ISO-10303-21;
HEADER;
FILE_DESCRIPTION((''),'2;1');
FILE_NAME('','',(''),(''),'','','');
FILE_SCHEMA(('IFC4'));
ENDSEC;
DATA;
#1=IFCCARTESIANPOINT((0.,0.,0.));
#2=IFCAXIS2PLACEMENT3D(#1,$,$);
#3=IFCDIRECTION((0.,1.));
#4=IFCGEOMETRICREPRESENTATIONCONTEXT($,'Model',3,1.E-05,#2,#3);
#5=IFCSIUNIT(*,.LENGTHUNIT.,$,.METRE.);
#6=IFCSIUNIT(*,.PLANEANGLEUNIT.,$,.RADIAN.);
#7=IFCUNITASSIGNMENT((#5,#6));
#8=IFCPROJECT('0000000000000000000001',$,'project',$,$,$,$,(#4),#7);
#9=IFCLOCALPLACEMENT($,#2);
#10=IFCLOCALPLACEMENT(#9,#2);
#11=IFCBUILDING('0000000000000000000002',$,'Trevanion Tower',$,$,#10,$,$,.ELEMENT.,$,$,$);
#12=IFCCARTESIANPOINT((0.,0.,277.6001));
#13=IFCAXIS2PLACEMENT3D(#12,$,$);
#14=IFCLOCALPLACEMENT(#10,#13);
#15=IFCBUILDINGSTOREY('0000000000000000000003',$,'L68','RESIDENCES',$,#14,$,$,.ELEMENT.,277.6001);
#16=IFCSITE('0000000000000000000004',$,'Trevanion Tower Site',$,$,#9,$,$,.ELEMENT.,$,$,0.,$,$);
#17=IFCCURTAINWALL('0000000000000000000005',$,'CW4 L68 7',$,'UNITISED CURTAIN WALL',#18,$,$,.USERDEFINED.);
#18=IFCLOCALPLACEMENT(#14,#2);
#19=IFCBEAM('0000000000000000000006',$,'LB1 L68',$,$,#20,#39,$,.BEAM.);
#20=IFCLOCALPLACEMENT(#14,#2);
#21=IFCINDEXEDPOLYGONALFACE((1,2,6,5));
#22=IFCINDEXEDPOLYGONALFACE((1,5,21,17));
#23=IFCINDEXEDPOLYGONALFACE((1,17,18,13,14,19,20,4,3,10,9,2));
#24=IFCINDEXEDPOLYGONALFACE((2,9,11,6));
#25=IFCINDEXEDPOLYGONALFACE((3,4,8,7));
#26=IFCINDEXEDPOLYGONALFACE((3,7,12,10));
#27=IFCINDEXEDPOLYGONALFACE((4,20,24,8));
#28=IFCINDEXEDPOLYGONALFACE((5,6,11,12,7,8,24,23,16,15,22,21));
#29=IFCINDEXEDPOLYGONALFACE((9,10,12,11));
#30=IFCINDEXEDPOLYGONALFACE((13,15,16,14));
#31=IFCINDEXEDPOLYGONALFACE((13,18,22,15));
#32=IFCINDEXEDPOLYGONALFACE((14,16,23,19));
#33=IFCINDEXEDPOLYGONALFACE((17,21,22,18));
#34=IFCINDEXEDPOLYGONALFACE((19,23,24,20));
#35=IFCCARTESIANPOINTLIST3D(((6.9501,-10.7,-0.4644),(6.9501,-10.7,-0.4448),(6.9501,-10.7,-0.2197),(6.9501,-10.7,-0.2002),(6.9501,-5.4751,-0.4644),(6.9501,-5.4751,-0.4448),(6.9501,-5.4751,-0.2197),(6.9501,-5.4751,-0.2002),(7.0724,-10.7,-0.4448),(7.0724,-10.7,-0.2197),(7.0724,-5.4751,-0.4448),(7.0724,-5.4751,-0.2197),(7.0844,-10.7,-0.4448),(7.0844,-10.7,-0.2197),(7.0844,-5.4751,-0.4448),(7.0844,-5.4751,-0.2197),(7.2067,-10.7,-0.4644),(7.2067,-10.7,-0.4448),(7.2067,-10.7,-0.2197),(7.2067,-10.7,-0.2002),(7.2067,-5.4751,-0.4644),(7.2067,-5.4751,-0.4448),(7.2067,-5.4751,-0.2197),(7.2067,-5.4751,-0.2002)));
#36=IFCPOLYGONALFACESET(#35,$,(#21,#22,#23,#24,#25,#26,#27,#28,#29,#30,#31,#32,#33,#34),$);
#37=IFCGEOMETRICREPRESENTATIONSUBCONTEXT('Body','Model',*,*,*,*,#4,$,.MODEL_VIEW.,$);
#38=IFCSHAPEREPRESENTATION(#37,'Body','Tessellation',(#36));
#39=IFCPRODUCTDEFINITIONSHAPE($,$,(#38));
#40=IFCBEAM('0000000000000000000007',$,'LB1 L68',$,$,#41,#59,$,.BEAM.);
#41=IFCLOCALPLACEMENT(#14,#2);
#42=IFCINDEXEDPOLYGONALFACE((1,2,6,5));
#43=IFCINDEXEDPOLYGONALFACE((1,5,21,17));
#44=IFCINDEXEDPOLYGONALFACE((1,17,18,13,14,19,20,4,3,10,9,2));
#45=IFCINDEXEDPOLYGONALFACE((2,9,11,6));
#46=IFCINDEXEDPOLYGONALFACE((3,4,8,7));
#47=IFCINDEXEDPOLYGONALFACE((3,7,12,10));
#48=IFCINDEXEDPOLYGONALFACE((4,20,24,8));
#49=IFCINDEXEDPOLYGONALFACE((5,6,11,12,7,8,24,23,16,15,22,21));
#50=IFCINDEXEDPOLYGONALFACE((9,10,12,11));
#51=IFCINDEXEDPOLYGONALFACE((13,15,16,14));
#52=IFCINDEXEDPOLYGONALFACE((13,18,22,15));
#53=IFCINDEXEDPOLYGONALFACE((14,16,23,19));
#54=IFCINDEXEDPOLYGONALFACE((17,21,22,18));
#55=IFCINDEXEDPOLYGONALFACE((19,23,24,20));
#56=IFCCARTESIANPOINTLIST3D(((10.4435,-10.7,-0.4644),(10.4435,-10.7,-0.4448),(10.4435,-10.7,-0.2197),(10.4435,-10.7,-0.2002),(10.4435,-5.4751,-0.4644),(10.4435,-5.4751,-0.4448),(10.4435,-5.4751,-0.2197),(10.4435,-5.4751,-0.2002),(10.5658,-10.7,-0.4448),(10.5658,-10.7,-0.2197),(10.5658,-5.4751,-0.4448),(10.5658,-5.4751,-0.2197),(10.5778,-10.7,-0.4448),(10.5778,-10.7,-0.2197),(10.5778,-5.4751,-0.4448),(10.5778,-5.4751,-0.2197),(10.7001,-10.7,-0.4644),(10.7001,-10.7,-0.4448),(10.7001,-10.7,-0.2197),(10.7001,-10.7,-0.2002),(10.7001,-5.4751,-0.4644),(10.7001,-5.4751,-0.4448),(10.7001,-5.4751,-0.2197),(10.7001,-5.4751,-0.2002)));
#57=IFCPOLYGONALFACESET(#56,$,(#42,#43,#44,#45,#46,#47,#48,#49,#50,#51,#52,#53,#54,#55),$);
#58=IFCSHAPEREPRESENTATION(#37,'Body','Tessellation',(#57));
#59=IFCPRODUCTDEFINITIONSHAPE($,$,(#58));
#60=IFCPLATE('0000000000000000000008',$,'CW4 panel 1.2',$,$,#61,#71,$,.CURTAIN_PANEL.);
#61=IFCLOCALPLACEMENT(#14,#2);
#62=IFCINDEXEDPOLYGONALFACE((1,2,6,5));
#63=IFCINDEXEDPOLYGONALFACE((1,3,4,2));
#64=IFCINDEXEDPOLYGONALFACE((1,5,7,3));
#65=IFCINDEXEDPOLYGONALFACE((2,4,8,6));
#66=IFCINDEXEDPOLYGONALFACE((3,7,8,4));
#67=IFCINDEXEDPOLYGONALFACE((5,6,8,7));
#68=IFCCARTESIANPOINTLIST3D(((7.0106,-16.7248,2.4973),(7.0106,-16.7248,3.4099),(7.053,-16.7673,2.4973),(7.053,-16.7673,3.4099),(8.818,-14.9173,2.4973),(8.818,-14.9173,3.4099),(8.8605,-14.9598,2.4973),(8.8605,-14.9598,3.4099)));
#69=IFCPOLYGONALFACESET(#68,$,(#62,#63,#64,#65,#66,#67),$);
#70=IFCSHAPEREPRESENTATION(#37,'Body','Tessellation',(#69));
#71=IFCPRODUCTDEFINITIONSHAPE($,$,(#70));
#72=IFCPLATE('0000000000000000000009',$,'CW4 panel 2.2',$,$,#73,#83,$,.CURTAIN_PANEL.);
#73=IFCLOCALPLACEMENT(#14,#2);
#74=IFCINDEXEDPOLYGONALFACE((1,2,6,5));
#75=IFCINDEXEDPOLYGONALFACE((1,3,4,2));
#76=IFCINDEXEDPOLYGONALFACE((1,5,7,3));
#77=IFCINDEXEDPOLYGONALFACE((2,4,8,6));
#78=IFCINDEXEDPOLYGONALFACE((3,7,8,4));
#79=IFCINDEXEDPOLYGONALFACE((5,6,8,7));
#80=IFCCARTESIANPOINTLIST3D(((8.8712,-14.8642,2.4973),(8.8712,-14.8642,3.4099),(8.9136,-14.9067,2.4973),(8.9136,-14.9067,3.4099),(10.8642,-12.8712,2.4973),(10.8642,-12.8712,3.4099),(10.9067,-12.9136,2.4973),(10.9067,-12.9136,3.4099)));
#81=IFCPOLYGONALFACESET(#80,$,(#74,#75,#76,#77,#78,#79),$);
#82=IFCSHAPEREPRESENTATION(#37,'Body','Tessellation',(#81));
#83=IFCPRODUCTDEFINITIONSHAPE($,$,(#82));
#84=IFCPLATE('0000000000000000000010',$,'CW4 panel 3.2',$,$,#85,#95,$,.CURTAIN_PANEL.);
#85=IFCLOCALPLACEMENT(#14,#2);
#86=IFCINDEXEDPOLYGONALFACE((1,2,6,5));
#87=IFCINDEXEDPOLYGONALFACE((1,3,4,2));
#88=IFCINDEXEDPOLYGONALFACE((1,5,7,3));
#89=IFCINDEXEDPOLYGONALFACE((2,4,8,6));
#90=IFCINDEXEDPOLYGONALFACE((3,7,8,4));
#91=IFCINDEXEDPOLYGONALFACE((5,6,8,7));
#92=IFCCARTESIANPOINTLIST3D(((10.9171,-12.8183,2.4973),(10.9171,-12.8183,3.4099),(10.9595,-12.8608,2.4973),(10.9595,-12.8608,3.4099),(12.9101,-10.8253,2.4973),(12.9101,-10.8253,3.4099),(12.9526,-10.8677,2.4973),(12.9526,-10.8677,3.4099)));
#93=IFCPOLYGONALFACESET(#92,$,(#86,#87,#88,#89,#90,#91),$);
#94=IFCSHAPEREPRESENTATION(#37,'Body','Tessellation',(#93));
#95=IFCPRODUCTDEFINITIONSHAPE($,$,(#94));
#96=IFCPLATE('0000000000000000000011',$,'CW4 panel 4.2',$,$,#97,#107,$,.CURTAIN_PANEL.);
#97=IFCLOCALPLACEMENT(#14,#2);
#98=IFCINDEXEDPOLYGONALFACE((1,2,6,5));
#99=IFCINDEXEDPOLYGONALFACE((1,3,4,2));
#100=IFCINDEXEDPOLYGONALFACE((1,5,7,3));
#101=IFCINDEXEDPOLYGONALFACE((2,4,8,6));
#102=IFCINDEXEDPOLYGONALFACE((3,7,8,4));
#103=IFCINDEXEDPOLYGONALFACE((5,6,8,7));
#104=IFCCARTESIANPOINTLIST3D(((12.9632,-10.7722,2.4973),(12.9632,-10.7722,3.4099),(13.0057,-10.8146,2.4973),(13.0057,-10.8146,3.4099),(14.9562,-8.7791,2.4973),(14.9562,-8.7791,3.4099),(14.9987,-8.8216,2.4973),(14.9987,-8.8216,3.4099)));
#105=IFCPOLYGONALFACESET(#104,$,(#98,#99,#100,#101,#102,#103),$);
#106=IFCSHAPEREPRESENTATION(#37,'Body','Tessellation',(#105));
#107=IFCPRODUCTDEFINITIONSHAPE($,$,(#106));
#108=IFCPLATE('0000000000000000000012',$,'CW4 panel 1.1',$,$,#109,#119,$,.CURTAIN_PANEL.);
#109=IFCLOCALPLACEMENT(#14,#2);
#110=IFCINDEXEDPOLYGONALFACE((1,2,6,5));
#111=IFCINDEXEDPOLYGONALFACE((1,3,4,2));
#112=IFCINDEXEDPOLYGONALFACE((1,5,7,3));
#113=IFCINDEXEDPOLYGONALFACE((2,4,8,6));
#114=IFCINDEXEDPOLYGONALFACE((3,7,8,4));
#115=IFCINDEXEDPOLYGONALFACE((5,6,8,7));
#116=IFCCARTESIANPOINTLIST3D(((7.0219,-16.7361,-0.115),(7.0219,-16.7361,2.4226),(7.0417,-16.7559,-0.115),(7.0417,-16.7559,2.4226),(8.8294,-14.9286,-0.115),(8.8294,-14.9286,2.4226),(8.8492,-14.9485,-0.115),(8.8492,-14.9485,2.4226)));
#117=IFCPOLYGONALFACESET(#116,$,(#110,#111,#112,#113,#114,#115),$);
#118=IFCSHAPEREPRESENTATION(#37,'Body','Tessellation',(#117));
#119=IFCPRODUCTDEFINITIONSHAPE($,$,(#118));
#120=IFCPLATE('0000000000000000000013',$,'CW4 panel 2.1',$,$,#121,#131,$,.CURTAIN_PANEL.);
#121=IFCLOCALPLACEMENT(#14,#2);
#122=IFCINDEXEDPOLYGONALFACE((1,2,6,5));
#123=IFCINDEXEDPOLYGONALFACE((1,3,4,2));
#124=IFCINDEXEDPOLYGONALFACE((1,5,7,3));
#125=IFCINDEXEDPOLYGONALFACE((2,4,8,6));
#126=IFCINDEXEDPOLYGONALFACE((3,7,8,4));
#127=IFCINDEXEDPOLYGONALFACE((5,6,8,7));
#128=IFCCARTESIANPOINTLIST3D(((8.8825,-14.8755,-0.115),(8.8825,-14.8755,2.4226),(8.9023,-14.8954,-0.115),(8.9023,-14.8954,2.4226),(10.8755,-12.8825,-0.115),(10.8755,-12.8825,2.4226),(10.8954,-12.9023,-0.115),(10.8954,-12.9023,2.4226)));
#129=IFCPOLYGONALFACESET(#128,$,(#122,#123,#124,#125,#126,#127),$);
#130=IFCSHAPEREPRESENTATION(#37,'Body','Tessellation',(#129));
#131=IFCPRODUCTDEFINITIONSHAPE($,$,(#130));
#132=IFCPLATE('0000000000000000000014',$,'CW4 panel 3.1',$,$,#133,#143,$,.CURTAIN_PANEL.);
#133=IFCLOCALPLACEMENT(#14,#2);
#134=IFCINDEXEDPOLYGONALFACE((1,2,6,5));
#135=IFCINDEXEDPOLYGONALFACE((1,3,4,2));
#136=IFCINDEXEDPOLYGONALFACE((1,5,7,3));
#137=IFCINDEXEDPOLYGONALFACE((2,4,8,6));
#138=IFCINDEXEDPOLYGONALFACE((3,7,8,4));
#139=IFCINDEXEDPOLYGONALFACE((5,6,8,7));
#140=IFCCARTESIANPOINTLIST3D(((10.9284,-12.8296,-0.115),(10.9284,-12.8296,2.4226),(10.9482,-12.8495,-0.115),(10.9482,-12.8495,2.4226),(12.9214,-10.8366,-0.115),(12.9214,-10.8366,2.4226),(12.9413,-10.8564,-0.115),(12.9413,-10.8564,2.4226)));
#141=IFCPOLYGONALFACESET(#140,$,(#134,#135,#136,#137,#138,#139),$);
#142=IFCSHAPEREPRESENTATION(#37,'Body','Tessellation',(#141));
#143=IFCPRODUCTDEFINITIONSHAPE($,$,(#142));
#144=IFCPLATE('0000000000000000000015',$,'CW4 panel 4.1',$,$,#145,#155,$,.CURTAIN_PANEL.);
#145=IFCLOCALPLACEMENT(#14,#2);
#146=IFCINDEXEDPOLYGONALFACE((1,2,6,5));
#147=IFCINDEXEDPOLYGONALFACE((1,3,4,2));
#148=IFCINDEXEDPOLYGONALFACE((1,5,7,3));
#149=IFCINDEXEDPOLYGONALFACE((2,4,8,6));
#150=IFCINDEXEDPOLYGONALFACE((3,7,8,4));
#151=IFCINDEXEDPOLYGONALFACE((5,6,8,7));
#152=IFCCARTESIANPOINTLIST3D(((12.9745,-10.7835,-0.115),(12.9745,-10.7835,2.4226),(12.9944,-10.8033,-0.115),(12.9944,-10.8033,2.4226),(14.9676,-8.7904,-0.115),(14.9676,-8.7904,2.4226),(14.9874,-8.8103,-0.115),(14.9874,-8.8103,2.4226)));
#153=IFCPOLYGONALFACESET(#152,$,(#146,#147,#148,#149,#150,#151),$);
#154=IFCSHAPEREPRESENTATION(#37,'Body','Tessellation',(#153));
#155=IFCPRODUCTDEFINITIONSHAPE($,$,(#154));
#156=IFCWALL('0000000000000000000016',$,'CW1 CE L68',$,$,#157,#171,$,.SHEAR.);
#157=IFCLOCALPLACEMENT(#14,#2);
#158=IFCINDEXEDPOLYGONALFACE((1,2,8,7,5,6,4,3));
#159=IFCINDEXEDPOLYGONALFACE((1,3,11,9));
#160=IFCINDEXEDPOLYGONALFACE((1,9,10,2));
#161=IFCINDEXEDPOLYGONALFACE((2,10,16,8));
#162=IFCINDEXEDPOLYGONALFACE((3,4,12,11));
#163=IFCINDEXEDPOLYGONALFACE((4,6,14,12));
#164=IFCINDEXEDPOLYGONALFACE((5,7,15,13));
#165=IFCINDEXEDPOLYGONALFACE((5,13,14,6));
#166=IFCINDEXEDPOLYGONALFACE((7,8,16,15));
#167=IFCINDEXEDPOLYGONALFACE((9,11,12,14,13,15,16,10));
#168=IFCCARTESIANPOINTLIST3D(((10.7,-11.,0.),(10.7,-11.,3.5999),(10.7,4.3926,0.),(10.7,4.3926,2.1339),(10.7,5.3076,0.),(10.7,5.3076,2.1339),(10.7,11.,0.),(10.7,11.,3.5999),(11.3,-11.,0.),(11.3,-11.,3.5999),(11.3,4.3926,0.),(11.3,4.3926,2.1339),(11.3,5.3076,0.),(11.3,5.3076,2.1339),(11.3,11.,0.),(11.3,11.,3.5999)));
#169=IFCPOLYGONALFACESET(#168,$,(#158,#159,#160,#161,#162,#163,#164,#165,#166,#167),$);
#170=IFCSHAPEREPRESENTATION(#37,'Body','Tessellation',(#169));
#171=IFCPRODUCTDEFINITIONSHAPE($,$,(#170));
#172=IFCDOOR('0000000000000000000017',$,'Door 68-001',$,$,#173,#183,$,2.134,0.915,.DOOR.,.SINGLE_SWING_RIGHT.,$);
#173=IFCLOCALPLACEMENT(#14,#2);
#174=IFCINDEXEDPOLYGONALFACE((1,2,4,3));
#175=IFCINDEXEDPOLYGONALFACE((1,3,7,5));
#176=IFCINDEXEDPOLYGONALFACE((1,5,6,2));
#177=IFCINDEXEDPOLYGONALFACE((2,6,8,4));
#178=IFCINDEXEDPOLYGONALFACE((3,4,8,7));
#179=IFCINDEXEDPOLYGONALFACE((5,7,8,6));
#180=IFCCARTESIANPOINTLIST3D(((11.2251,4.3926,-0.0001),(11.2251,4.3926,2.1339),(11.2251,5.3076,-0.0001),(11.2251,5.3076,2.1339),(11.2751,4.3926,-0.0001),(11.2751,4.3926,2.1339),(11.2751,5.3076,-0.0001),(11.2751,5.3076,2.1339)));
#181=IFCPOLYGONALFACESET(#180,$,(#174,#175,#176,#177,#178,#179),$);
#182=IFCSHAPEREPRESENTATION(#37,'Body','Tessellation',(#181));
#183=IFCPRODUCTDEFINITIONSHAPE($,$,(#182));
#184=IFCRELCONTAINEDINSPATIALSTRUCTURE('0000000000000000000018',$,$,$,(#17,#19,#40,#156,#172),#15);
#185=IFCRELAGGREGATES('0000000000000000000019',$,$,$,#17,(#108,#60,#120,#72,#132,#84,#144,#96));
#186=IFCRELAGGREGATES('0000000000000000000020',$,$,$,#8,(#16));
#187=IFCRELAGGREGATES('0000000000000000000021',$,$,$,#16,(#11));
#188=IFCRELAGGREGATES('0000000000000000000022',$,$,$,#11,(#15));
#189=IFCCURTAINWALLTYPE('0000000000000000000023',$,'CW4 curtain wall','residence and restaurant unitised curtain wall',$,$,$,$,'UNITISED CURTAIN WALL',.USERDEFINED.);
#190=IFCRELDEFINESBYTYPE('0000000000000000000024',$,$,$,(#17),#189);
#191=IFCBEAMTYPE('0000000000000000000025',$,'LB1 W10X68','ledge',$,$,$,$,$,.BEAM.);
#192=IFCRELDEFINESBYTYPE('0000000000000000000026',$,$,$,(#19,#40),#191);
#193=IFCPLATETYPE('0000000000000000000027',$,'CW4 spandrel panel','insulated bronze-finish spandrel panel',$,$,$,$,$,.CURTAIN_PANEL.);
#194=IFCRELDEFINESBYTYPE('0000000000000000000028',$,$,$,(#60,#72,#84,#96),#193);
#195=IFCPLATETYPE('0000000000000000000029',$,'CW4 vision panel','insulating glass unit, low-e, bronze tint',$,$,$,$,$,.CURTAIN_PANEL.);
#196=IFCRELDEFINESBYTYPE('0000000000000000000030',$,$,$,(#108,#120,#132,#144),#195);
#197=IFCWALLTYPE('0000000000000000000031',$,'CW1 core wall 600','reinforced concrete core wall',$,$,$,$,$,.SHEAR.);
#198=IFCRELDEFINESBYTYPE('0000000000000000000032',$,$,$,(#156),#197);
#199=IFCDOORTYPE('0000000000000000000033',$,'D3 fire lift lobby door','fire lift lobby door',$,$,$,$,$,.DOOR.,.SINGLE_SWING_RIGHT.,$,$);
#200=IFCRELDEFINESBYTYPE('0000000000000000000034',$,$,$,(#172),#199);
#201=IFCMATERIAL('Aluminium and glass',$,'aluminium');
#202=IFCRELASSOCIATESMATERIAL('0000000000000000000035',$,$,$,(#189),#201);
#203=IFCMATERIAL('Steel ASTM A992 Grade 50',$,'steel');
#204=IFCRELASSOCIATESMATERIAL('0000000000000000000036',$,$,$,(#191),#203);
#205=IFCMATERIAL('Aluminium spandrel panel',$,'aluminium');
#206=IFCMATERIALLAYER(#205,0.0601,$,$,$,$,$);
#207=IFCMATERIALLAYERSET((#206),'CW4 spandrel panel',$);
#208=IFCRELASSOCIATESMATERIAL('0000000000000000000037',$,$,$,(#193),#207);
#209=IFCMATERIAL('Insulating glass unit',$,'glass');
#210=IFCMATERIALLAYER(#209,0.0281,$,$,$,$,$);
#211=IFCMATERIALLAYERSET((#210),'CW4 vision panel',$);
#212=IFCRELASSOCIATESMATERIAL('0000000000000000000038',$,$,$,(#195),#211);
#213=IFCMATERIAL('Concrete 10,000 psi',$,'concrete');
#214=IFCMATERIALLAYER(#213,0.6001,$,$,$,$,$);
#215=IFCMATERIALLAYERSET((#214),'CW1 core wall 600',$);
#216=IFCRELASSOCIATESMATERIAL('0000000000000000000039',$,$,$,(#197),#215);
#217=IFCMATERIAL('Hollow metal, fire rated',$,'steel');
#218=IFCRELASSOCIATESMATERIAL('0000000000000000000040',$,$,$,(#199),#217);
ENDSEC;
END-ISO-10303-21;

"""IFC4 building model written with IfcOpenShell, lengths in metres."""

from ifc_helpers import new_model, si_unit, direction, frame, frame_2d, origin, origin_2d, place, context, subcontext, project, spatial, rectangle, i_section, extrude, material, layer, layer_set, material_profile, profile_set, type_object, element, fill, aggregate, save


model = new_model("IFC4")

# Units and contexts
model_context = context("Model", 3, precision=1e-05, world=origin(), true_north=direction((0.0, 1.0)))
body_context = subcontext(model_context, "Body", "Model", "MODEL_VIEW")
ifc_project = project(units=[si_unit("LENGTHUNIT", "METRE"), si_unit("PLANEANGLEUNIT", "RADIAN")], contexts=[model_context])

# Site, building, storey
site_placement = place(None, origin())
site = spatial("IfcSite", under=ifc_project, at=site_placement, Name="Trevanion Tower Site", CompositionType="ELEMENT", RefElevation=0.0)
building_placement = place(site_placement, origin())
building = spatial("IfcBuilding", under=site, at=building_placement, Name="Trevanion Tower", CompositionType="ELEMENT")
storey_placement = place(building_placement, frame((0.0, 0.0, 277.6001)))
storey = spatial("IfcBuildingStorey", under=building, at=storey_placement, Name="L68", Description="RESIDENCES", CompositionType="ELEMENT", Elevation=277.6001)

# Curtain wall
ifc_material_1 = material(Name="Aluminium and glass", Category="aluminium")
curtain_wall_type = type_object("IfcCurtainWallType", Name="CW4 curtain wall", Description="residence and restaurant unitised curtain wall", ElementType="UNITISED CURTAIN WALL", PredefinedType="USERDEFINED", material=ifc_material_1)
curtain_wall_placement = place(storey_placement, origin())
curtain_wall = element("IfcCurtainWall", 1, at=curtain_wall_placement, inside=storey, type_object=curtain_wall_type, Name="CW4 L68 7", ObjectType="UNITISED CURTAIN WALL", PredefinedType="USERDEFINED")

# Beams
ifc_material_2 = material(Name="Steel ASTM A992 Grade 50", Category="steel")
ifc_material_profile_1 = material_profile(ifc_material_2, i_section(OverallWidth=0.2566, OverallDepth=0.2642, WebThickness=0.012, FlangeThickness=0.0195, at=origin_2d()), Name="W10X68")
ifc_profile_set_1 = profile_set([ifc_material_profile_1], Name="Steel ASTM A992 Grade 50")
beam_type = type_object("IfcBeamType", Name="LB1 W10X68", Description="ledge", PredefinedType="BEAM", material=ifc_profile_set_1)
for number, where, z_axis, x_axis, name in (
    (2, (7.0784, -10.7, -0.3323), (0.0, 1.0, 0.0), (-1.0, 0.0, 0.0), "LB1 L68"),
    (3, (10.5718, -10.7, -0.3323), (0.0, 1.0, 0.0), (-1.0, 0.0, 0.0), "LB1 L68"),
):
    element("IfcBeam", number, at=place(storey_placement, frame(where, z_axis=z_axis, x_axis=x_axis)), inside=storey, type_object=beam_type, Name=name, PredefinedType="BEAM", context=body_context, shape_type="SweptSolid", body=[
        extrude(i_section(OverallWidth=0.2566, OverallDepth=0.2642, WebThickness=0.012, FlangeThickness=0.0195, at=origin_2d()), origin(), (0.0, 0.0, 1.0), 5.2249),
    ])

# Plates
ifc_material_3 = material(Name="Aluminium spandrel panel", Category="aluminium")
ifc_layer_1 = layer(ifc_material_3, 0.0601)
ifc_layer_set_1 = layer_set([ifc_layer_1], Name="CW4 spandrel panel")
plate_type_1 = type_object("IfcPlateType", Name="CW4 spandrel panel", Description="insulated bronze-finish spandrel panel", PredefinedType="CURTAIN_PANEL", material=ifc_layer_set_1)
plate_1_placement = place(storey_placement, frame((7.9355, -15.8423, 2.4973), z_axis=(0.0, 0.0, 1.0), x_axis=(0.707107, 0.707107, 0.0)))
plate_1 = element("IfcPlate", 4, at=plate_1_placement, type_object=plate_type_1, Name="CW4 panel 1.2", PredefinedType="CURTAIN_PANEL", context=body_context, shape_type="SweptSolid", body=[
    extrude(rectangle(XDim=2.5562, YDim=0.0601, at=origin_2d()), origin(), (0.0, 0.0, 1.0), 0.9126),
])
plate_2_placement = place(storey_placement, frame((9.8889, -13.8889, 2.4973), z_axis=(0.0, 0.0, 1.0), x_axis=(0.707107, 0.707107, 0.0)))
plate_2 = element("IfcPlate", 5, at=plate_2_placement, type_object=plate_type_1, Name="CW4 panel 2.2", PredefinedType="CURTAIN_PANEL", context=body_context, shape_type="SweptSolid", body=[
    extrude(rectangle(XDim=2.8186, YDim=0.0601, at=origin_2d()), origin(), (0.0, 0.0, 1.0), 0.9126),
])
plate_3_placement = place(storey_placement, frame((11.9348, -11.843, 2.4973), z_axis=(0.0, 0.0, 1.0), x_axis=(0.707107, 0.707107, 0.0)))
plate_3 = element("IfcPlate", 6, at=plate_3_placement, type_object=plate_type_1, Name="CW4 panel 3.2", PredefinedType="CURTAIN_PANEL", context=body_context, shape_type="SweptSolid", body=[
    extrude(rectangle(XDim=2.8186, YDim=0.0601, at=origin_2d()), origin(), (0.0, 0.0, 1.0), 0.9126),
])
plate_4_placement = place(storey_placement, frame((13.981, -9.7969, 2.4973), z_axis=(0.0, 0.0, 1.0), x_axis=(0.707107, 0.707107, 0.0)))
plate_4 = element("IfcPlate", 7, at=plate_4_placement, type_object=plate_type_1, Name="CW4 panel 4.2", PredefinedType="CURTAIN_PANEL", context=body_context, shape_type="SweptSolid", body=[
    extrude(rectangle(XDim=2.8186, YDim=0.0601, at=origin_2d()), origin(), (0.0, 0.0, 1.0), 0.9126),
])
ifc_material_4 = material(Name="Insulating glass unit", Category="glass")
ifc_layer_2 = layer(ifc_material_4, 0.0281)
ifc_layer_set_2 = layer_set([ifc_layer_2], Name="CW4 vision panel")
plate_type_2 = type_object("IfcPlateType", Name="CW4 vision panel", Description="insulating glass unit, low-e, bronze tint", PredefinedType="CURTAIN_PANEL", material=ifc_layer_set_2)
plate_5_placement = place(storey_placement, frame((7.9355, -15.8423, -0.115), z_axis=(0.0, 0.0, 1.0), x_axis=(0.707107, 0.707107, 0.0)))
plate_5 = element("IfcPlate", 8, at=plate_5_placement, type_object=plate_type_2, Name="CW4 panel 1.1", PredefinedType="CURTAIN_PANEL", context=body_context, shape_type="SweptSolid", body=[
    extrude(rectangle(XDim=2.5562, YDim=0.0281, at=origin_2d()), origin(), (0.0, 0.0, 1.0), 2.5376),
])
plate_6_placement = place(storey_placement, frame((9.8889, -13.8889, -0.115), z_axis=(0.0, 0.0, 1.0), x_axis=(0.707107, 0.707107, 0.0)))
plate_6 = element("IfcPlate", 9, at=plate_6_placement, type_object=plate_type_2, Name="CW4 panel 2.1", PredefinedType="CURTAIN_PANEL", context=body_context, shape_type="SweptSolid", body=[
    extrude(rectangle(XDim=2.8186, YDim=0.0281, at=origin_2d()), origin(), (0.0, 0.0, 1.0), 2.5376),
])
plate_7_placement = place(storey_placement, frame((11.9348, -11.843, -0.115), z_axis=(0.0, 0.0, 1.0), x_axis=(0.707107, 0.707107, 0.0)))
plate_7 = element("IfcPlate", 10, at=plate_7_placement, type_object=plate_type_2, Name="CW4 panel 3.1", PredefinedType="CURTAIN_PANEL", context=body_context, shape_type="SweptSolid", body=[
    extrude(rectangle(XDim=2.8186, YDim=0.0281, at=origin_2d()), origin(), (0.0, 0.0, 1.0), 2.5376),
])
plate_8_placement = place(storey_placement, frame((13.981, -9.7969, -0.115), z_axis=(0.0, 0.0, 1.0), x_axis=(0.707107, 0.707107, 0.0)))
plate_8 = element("IfcPlate", 11, at=plate_8_placement, type_object=plate_type_2, Name="CW4 panel 4.1", PredefinedType="CURTAIN_PANEL", context=body_context, shape_type="SweptSolid", body=[
    extrude(rectangle(XDim=2.8186, YDim=0.0281, at=origin_2d()), origin(), (0.0, 0.0, 1.0), 2.5376),
])
aggregate(curtain_wall, [plate_5, plate_1, plate_6, plate_2, plate_7, plate_3, plate_8, plate_4])

# Wall, opening, door
ifc_material_5 = material(Name="Concrete 10,000 psi", Category="concrete")
ifc_layer_3 = layer(ifc_material_5, 0.6001)
ifc_layer_set_3 = layer_set([ifc_layer_3], Name="CW1 core wall 600")
wall_type_1 = type_object("IfcWallType", Name="CW1 core wall 600", Description="reinforced concrete core wall", PredefinedType="SHEAR", material=ifc_layer_set_3)
wall_1_placement = place(storey_placement, frame((11.0, -11.0, 0.0), z_axis=(0.0, 0.0, 1.0), x_axis=(0.0, 1.0, 0.0)))
wall_1 = element("IfcWall", 12, at=wall_1_placement, inside=storey, type_object=wall_type_1, Name="CW1 CE L68", PredefinedType="SHEAR", context=body_context, shape_type="SweptSolid", body=[
    extrude(rectangle(XDim=22.0, YDim=0.6001, at=frame_2d((11.0, 0.0))), origin(), (0.0, 0.0, 1.0), 3.5999),
])
opening_placement = place(wall_1_placement, frame((15.3926, 0.0, 0.0)))
opening = element("IfcOpeningElement", 13, at=opening_placement, cuts=wall_1, PredefinedType="OPENING", context=body_context, shape_type="SweptSolid", body=[
    extrude(rectangle(XDim=0.915, YDim=2.134, at=frame_2d((0.4575, 1.0669))), frame((0.0, 0.3101, 0.0), z_axis=(0.0, -1.0, 0.0), x_axis=(1.0, 0.0, 0.0)), (0.0, 0.0, 1.0), 0.6201),
])
ifc_material_6 = material(Name="Hollow metal, fire rated", Category="steel")
door_type = type_object("IfcDoorType", Name="D3 fire lift lobby door", Description="fire lift lobby door", OperationType="SINGLE_SWING_RIGHT", PredefinedType="DOOR", material=ifc_material_6)
door_placement = place(opening_placement, origin())
door = element("IfcDoor", 14, at=door_placement, inside=storey, type_object=door_type, Name="Door 68-001", OperationType="SINGLE_SWING_RIGHT", OverallHeight=2.134, OverallWidth=0.915, PredefinedType="DOOR", context=body_context, shape_type="SweptSolid", body=[
    extrude(rectangle(XDim=0.915, YDim=2.134, at=frame_2d((0.4575, 1.0669))), frame((0.0, -0.2251, 0.0), z_axis=(0.0, -1.0, 0.0), x_axis=(1.0, 0.0, 0.0)), (0.0, 0.0, 1.0), 0.05),
])
fill(opening, door)

save(model, "model.ifc")
